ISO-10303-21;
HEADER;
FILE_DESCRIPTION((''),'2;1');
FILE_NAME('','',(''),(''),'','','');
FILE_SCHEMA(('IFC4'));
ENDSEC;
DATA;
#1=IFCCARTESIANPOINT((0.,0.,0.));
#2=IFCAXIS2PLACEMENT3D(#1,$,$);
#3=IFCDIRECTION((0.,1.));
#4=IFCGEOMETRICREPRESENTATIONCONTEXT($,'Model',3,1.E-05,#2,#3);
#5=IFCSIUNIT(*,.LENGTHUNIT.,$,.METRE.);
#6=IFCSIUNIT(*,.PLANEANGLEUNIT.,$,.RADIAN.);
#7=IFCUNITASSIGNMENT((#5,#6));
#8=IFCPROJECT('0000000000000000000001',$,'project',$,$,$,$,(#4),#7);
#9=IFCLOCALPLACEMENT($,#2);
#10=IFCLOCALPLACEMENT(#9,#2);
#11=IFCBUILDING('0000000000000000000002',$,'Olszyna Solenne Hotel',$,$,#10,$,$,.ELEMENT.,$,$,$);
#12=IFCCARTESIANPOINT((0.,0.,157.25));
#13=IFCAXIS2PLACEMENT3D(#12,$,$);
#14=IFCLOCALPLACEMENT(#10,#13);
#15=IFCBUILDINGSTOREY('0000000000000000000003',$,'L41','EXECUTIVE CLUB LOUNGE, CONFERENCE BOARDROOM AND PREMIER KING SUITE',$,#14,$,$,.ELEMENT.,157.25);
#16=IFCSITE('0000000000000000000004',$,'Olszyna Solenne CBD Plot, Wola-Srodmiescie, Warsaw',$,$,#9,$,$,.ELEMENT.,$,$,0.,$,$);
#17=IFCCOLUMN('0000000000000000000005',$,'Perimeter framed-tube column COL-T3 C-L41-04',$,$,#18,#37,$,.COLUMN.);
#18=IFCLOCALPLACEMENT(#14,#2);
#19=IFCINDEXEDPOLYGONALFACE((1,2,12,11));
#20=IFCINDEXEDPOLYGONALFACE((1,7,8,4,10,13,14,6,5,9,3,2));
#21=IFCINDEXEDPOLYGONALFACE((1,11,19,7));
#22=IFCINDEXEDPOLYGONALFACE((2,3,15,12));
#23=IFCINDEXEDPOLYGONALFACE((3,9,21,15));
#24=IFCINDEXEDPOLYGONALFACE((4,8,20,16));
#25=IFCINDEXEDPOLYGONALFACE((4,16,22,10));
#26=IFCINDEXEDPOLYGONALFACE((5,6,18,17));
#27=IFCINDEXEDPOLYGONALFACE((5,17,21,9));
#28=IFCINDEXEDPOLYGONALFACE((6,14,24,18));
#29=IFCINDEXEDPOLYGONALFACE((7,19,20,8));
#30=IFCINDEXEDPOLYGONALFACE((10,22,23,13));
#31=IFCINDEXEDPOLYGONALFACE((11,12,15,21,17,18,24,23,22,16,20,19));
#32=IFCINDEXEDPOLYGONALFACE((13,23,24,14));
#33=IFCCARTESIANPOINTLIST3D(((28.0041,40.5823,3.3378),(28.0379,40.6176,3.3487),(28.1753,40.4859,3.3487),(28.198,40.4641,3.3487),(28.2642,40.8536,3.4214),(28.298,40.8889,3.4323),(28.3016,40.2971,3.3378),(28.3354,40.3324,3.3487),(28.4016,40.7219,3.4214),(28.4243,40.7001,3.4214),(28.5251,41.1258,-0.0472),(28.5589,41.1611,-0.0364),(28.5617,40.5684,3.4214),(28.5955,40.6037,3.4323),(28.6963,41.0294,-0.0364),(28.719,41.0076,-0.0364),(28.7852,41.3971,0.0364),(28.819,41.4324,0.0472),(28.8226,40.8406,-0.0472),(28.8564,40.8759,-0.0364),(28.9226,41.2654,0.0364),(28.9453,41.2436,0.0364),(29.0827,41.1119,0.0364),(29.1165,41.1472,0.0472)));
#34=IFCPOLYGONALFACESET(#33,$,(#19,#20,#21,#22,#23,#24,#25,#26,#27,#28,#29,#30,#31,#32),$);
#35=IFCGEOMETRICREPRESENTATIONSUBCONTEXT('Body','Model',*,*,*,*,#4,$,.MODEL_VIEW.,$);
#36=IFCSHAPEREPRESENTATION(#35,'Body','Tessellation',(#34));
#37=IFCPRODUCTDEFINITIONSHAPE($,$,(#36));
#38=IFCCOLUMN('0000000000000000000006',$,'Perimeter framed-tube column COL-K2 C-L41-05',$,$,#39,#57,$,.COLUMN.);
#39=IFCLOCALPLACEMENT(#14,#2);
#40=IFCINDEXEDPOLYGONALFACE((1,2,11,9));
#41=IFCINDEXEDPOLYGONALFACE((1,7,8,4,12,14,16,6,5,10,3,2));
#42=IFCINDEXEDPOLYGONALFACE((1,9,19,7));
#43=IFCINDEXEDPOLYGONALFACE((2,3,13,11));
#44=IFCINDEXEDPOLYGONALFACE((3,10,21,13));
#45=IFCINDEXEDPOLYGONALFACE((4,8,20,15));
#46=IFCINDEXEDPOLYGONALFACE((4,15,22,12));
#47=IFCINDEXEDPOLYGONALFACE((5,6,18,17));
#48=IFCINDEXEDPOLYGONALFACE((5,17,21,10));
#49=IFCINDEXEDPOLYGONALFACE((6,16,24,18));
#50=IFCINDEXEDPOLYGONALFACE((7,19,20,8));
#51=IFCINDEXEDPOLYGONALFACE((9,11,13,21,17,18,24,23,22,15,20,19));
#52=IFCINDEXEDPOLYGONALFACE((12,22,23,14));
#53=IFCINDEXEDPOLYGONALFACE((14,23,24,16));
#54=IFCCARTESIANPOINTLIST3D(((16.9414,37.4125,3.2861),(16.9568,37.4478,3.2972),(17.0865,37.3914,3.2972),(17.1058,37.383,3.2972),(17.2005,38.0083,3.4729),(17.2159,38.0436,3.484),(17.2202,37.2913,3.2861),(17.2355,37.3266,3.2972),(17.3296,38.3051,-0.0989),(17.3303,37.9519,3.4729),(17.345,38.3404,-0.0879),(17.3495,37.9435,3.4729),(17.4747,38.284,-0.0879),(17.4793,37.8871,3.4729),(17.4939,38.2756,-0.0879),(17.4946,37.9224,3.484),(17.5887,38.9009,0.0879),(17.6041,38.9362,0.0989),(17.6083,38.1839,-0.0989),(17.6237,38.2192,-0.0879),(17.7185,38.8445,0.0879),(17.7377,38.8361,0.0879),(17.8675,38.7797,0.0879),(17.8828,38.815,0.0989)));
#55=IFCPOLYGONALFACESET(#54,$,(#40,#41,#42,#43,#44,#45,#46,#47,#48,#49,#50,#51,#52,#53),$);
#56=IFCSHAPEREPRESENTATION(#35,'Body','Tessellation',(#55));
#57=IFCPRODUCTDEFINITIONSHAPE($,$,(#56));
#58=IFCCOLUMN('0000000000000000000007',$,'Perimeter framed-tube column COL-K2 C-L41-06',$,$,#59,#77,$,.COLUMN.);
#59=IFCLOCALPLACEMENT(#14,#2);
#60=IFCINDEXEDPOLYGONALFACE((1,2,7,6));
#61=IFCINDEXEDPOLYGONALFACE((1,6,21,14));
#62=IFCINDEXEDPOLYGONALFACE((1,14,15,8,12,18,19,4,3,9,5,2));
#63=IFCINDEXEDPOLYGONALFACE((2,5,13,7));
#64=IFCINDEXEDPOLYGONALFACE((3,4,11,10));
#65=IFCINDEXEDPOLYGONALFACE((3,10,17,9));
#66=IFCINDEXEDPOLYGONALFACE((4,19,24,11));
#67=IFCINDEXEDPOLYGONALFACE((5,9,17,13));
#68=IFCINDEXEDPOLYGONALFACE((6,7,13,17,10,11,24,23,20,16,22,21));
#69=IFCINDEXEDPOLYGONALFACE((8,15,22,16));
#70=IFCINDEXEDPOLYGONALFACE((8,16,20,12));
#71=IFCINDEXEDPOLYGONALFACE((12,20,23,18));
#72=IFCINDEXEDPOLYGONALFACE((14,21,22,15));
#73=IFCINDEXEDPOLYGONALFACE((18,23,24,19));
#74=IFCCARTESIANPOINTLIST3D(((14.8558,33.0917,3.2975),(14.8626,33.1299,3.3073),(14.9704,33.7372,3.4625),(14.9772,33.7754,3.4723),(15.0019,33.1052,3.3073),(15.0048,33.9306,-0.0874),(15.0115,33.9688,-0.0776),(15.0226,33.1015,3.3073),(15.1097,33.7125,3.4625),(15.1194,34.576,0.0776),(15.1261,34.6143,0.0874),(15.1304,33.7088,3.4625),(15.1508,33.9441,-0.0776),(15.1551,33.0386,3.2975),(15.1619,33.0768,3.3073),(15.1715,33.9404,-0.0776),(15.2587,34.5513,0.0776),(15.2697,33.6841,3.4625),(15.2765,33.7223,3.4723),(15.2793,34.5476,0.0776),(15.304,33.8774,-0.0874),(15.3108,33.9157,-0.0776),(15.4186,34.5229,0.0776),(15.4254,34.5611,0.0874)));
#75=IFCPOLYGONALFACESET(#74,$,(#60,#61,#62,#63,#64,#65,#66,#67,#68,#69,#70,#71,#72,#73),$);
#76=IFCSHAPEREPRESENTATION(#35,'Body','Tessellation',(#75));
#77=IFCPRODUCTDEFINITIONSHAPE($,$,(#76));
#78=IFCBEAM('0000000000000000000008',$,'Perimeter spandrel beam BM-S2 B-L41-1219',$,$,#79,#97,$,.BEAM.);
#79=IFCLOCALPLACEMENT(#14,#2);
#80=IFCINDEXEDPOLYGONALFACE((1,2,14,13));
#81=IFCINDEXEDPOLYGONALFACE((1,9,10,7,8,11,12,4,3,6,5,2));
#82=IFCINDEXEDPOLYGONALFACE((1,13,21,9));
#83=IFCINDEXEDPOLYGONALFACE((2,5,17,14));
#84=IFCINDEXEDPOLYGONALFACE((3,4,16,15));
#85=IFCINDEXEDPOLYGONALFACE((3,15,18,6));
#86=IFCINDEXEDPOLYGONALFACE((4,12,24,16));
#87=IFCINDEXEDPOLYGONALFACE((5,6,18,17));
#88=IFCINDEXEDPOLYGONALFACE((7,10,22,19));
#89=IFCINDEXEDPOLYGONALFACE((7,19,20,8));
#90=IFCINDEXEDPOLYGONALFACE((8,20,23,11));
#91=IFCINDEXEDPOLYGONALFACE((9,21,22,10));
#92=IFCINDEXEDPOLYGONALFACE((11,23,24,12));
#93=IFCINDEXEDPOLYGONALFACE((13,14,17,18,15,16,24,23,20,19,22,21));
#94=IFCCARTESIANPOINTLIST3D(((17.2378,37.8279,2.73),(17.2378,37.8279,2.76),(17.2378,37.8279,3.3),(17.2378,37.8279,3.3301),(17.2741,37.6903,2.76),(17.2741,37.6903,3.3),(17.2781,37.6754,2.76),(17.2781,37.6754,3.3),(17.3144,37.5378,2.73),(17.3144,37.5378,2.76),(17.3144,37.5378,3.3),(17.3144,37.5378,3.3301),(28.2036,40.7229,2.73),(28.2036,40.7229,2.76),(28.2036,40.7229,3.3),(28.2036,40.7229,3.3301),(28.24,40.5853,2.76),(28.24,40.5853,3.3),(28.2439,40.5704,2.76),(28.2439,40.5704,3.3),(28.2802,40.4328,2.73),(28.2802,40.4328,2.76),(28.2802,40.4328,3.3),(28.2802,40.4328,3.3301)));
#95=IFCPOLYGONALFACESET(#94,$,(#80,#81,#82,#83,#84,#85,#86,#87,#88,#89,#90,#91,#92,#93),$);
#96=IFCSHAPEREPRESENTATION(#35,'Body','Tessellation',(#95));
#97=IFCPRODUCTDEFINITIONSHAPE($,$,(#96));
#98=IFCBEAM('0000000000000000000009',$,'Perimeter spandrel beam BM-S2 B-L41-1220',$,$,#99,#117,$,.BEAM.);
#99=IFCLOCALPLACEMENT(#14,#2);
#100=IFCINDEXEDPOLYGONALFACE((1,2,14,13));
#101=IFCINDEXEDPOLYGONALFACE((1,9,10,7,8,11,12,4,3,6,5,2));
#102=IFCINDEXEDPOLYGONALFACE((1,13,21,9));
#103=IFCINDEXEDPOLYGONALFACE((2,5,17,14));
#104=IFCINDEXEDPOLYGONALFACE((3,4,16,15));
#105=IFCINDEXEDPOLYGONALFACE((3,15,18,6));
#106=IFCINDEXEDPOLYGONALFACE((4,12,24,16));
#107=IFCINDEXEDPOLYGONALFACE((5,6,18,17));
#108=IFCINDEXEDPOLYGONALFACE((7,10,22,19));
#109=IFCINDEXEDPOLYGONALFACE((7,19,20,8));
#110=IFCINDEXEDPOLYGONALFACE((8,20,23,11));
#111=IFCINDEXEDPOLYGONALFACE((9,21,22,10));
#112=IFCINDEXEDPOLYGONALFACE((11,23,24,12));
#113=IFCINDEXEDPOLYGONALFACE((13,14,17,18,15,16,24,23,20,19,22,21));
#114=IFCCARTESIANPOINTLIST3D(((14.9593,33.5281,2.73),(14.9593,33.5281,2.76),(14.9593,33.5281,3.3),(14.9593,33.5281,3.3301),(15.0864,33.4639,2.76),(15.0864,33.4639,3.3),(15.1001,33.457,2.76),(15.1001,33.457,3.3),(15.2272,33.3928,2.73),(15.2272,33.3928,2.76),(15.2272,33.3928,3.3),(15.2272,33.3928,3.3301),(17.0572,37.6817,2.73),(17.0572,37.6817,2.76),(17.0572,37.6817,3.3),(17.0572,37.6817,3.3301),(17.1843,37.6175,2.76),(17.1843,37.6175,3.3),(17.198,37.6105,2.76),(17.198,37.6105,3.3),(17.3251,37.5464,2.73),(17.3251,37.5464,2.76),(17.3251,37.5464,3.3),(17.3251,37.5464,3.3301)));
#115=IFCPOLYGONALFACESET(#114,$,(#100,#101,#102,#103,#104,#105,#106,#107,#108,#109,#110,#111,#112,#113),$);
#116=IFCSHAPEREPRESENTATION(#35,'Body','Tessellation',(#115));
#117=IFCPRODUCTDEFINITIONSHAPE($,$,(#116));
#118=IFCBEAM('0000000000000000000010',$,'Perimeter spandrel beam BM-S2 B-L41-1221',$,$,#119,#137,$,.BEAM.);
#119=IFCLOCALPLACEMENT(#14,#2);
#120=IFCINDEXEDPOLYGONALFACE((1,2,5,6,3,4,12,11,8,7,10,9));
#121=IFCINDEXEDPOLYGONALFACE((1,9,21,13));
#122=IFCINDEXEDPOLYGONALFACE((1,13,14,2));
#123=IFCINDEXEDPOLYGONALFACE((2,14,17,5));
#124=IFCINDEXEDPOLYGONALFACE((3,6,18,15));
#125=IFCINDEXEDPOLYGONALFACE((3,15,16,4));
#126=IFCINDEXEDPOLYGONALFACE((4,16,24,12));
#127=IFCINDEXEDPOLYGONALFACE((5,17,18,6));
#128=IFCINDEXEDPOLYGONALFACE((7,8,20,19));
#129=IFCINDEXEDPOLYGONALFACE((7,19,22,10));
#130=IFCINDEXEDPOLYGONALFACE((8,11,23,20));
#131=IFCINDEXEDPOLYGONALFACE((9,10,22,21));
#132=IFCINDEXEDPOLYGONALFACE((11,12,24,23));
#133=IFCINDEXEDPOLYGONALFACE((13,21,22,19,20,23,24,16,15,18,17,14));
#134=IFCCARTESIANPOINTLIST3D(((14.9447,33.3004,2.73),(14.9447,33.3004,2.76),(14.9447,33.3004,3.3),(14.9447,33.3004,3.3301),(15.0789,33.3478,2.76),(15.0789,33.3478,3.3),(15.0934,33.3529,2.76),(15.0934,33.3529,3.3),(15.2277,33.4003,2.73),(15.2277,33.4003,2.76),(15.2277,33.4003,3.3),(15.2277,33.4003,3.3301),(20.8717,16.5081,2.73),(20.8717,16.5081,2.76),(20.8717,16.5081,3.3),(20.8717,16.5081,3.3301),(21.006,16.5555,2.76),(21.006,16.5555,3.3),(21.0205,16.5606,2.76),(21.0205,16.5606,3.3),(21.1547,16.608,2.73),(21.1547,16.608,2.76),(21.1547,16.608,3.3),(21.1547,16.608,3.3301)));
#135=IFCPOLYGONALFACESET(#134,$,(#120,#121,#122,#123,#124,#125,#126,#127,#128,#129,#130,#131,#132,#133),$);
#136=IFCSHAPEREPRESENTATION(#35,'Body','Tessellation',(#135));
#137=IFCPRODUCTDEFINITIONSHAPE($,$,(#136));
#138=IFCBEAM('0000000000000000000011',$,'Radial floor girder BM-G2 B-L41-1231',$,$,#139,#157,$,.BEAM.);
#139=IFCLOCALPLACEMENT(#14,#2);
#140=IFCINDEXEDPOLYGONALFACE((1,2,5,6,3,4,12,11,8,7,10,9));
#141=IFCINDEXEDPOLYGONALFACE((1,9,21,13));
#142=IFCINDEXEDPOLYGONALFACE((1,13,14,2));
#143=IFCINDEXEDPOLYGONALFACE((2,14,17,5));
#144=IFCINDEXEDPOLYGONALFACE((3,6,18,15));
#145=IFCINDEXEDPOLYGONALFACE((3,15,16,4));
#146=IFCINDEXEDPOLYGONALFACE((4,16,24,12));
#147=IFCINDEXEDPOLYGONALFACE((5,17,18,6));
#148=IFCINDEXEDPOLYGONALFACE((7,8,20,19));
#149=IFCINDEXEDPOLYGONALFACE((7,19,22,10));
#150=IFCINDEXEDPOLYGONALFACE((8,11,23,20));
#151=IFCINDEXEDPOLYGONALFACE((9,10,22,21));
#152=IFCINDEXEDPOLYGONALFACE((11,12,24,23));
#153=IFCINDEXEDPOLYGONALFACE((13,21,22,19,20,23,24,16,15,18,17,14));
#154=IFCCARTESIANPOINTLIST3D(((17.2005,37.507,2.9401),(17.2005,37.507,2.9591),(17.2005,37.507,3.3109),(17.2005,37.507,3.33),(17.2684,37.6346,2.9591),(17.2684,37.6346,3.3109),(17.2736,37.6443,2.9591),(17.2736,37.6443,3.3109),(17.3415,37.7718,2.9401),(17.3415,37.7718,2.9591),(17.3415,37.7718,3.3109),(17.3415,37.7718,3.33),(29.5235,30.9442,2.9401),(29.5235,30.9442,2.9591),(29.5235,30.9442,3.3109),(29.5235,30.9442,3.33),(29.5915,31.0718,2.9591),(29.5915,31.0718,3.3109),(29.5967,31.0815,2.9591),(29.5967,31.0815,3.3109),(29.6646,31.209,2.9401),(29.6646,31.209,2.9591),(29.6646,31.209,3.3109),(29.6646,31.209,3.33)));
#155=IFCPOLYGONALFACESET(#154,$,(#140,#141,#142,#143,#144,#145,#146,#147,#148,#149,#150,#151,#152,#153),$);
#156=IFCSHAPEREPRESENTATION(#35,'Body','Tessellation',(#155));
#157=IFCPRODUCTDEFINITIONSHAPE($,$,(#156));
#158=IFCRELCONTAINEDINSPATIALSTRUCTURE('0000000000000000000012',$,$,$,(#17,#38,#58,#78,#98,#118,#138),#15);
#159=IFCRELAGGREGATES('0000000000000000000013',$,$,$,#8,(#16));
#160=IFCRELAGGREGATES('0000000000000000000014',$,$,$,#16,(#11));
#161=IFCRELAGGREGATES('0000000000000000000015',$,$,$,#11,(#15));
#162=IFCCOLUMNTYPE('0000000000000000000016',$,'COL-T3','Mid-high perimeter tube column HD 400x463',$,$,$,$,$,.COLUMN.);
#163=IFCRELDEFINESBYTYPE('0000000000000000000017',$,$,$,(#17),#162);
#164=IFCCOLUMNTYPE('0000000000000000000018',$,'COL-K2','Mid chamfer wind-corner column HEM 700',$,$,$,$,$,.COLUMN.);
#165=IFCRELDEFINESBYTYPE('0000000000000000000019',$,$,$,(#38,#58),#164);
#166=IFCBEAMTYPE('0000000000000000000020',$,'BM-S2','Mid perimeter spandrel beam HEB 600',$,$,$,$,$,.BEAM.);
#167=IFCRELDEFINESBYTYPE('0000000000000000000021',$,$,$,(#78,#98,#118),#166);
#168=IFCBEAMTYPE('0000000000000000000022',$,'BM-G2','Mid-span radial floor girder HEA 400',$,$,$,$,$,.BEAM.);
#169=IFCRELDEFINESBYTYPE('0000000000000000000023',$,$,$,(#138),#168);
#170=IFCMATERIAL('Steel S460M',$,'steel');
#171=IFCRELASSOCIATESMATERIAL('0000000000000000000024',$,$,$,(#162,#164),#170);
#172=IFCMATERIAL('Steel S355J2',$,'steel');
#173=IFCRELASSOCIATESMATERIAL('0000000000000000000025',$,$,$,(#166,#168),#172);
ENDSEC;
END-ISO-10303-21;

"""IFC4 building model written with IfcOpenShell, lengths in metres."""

from ifc_helpers import new_model, si_unit, direction, frame, origin, origin_2d, place, context, subcontext, project, spatial, i_section, extrude, source, transform, mapped, material, material_profile, profile_set, type_object, element, save


model = new_model("IFC4")

# Units and contexts
model_context = context("Model", 3, precision=1e-05, world=origin(), true_north=direction((0.0, 1.0)))
body_context = subcontext(model_context, "Body", "Model", "MODEL_VIEW")
ifc_project = project(units=[si_unit("LENGTHUNIT", "METRE"), si_unit("PLANEANGLEUNIT", "RADIAN")], contexts=[model_context])

# Site, building, storey
site_placement = place(None, origin())
site = spatial("IfcSite", under=ifc_project, at=site_placement, Name="Olszyna Solenne CBD Plot, Wola-Srodmiescie, Warsaw", CompositionType="ELEMENT", RefElevation=0.0)
building_placement = place(site_placement, origin())
building = spatial("IfcBuilding", under=site, at=building_placement, Name="Olszyna Solenne Hotel", CompositionType="ELEMENT")
storey_placement = place(building_placement, frame((0.0, 0.0, 157.25)))
storey = spatial("IfcBuildingStorey", under=building, at=storey_placement, Name="L41", Description="EXECUTIVE CLUB LOUNGE, CONFERENCE BOARDROOM AND PREMIER KING SUITE", CompositionType="ELEMENT", Elevation=157.25)

# Columns
ifc_material_1 = material(Name="Steel S460M", Category="steel")
ifc_material_profile_1 = material_profile(ifc_material_1, i_section(OverallWidth=0.4121, OverallDepth=0.4351, WebThickness=0.0315, FlangeThickness=0.05, at=origin_2d()), Name="HD 400x463", Category="load-bearing")
ifc_profile_set_1 = profile_set([ifc_material_profile_1], Name="Steel S460M")
column_type_1 = type_object("IfcColumnType", Name="COL-T3", Description="Mid-high perimeter tube column HD 400x463", PredefinedType="COLUMN", material=ifc_profile_set_1)
shared_shape_1 = source(origin(), body_context, "Body", "SweptSolid", [
    extrude(i_section(OverallWidth=0.4121, OverallDepth=0.4351, WebThickness=0.0315, FlangeThickness=0.05, at=origin_2d()), origin(), (0.0, 0.0, 1.0), 3.4678),
])
column_1_placement = place(storey_placement, frame((28.8208, 41.1365, 0.0), z_axis=(-0.150242, -0.156719, 0.976149), x_axis=(0.721867, -0.692032, 0.0)))
element("IfcColumn", 1, at=column_1_placement, inside=storey, type_object=column_type_1, Name="Perimeter framed-tube column COL-T3 C-L41-04", PredefinedType="COLUMN", context=body_context, shape_type="MappedRepresentation", body=[
    mapped(shared_shape_1, transform((0.0, 0.0, 0.0), x_axis=(1.0, 0.0, 0.0), y_axis=(0.0, 1.0, 0.0), z_axis=(0.0, 0.0, 1.0), scale=1.0)),
])
ifc_material_profile_2 = material_profile(ifc_material_1, i_section(OverallWidth=0.304, OverallDepth=0.7161, WebThickness=0.021, FlangeThickness=0.04, at=origin_2d()), Name="HEM 700", Category="load-bearing")
ifc_profile_set_2 = profile_set([ifc_material_profile_2], Name="Steel S460M")
column_type_2 = type_object("IfcColumnType", Name="COL-K2", Description="Mid chamfer wind-corner column HEM 700", PredefinedType="COLUMN", material=ifc_profile_set_2)
shared_shape_2 = source(origin(), body_context, "Body", "SweptSolid", [
    extrude(i_section(OverallWidth=0.304, OverallDepth=0.7161, WebThickness=0.021, FlangeThickness=0.04, at=origin_2d()), origin(), (0.0, 0.0, 1.0), 3.5222),
])
column_2_placement = place(storey_placement, frame((17.6062, 38.5601, 0.0), z_axis=(-0.110212, -0.253417, 0.961058), x_axis=(0.91703, -0.398818, 0.0)))
element("IfcColumn", 2, at=column_2_placement, inside=storey, type_object=column_type_2, Name="Perimeter framed-tube column COL-K2 C-L41-05", PredefinedType="COLUMN", context=body_context, shape_type="MappedRepresentation", body=[
    mapped(shared_shape_2, transform((0.0, 0.0, 0.0), x_axis=(1.0, 0.0, 0.0), y_axis=(0.0, 1.0, 0.0), z_axis=(0.0, 0.0, 1.0), scale=1.0)),
])
shared_shape_3 = source(origin(), body_context, "Body", "SweptSolid", [
    extrude(i_section(OverallWidth=0.304, OverallDepth=0.7161, WebThickness=0.021, FlangeThickness=0.04, at=origin_2d()), origin(), (0.0, 0.0, 1.0), 3.4905),
])
column_3_placement = place(storey_placement, frame((15.2151, 34.2458, 0.0), z_axis=(-0.042665, -0.240323, 0.969755), x_axis=(0.984604, -0.174799, 0.0)))
element("IfcColumn", 3, at=column_3_placement, inside=storey, type_object=column_type_2, Name="Perimeter framed-tube column COL-K2 C-L41-06", PredefinedType="COLUMN", context=body_context, shape_type="MappedRepresentation", body=[
    mapped(shared_shape_3, transform((0.0, 0.0, 0.0), x_axis=(1.0, 0.0, 0.0), y_axis=(0.0, 1.0, 0.0), z_axis=(0.0, 0.0, 1.0), scale=1.0)),
])

# Beams
ifc_material_2 = material(Name="Steel S355J2", Category="steel")
ifc_material_profile_3 = material_profile(ifc_material_2, i_section(OverallWidth=0.3, OverallDepth=0.6001, WebThickness=0.0154, FlangeThickness=0.03, at=origin_2d()), Name="HEB 600", Category="load-bearing")
ifc_profile_set_3 = profile_set([ifc_material_profile_3], Name="Steel S355J2")
beam_type_1 = type_object("IfcBeamType", Name="BM-S2", Description="Mid perimeter spandrel beam HEB 600", PredefinedType="BEAM", material=ifc_profile_set_3)
shared_shape_4 = source(origin(), body_context, "Body", "SweptSolid", [
    extrude(i_section(OverallWidth=0.3, OverallDepth=0.6001, WebThickness=0.0154, FlangeThickness=0.03, at=origin_2d()), origin(), (0.0, 0.0, 1.0), 11.3416),
])
beam_1_placement = place(storey_placement, frame((28.2419, 40.5779, 3.03), z_axis=(-0.966873, -0.255258, 0.0), x_axis=(0.255258, -0.966873, 0.0)))
element("IfcBeam", 4, at=beam_1_placement, inside=storey, type_object=beam_type_1, Name="Perimeter spandrel beam BM-S2 B-L41-1219", PredefinedType="BEAM", context=body_context, shape_type="MappedRepresentation", body=[
    mapped(shared_shape_4, transform((0.0, 0.0, 0.0), x_axis=(1.0, 0.0, 0.0), y_axis=(0.0, 1.0, 0.0), z_axis=(0.0, 0.0, 1.0), scale=1.0)),
])
shared_shape_5 = source(origin(), body_context, "Body", "SweptSolid", [
    extrude(i_section(OverallWidth=0.3, OverallDepth=0.6001, WebThickness=0.0154, FlangeThickness=0.03, at=origin_2d()), origin(), (0.0, 0.0, 1.0), 4.6533),
])
beam_2_placement = place(storey_placement, frame((17.1912, 37.614, 3.03), z_axis=(-0.450841, -0.892604, 0.0), x_axis=(0.892604, -0.450841, 0.0)))
element("IfcBeam", 5, at=beam_2_placement, inside=storey, type_object=beam_type_1, Name="Perimeter spandrel beam BM-S2 B-L41-1220", PredefinedType="BEAM", context=body_context, shape_type="MappedRepresentation", body=[
    mapped(shared_shape_5, transform((0.0, 0.0, 0.0), x_axis=(1.0, 0.0, 0.0), y_axis=(0.0, 1.0, 0.0), z_axis=(0.0, 0.0, 1.0), scale=1.0)),
])
shared_shape_6 = source(origin(), body_context, "Body", "SweptSolid", [
    extrude(i_section(OverallWidth=0.3, OverallDepth=0.6001, WebThickness=0.0154, FlangeThickness=0.03, at=origin_2d()), origin(), (0.0, 0.0, 1.0), 17.8076),
])
beam_3_placement = place(storey_placement, frame((15.0862, 33.3503, 3.03), z_axis=(0.332837, -0.942985, 0.0), x_axis=(0.942985, 0.332837, 0.0)))
element("IfcBeam", 6, at=beam_3_placement, inside=storey, type_object=beam_type_1, Name="Perimeter spandrel beam BM-S2 B-L41-1221", PredefinedType="BEAM", context=body_context, shape_type="MappedRepresentation", body=[
    mapped(shared_shape_6, transform((0.0, 0.0, 0.0), x_axis=(1.0, 0.0, 0.0), y_axis=(0.0, 1.0, 0.0), z_axis=(0.0, 0.0, 1.0), scale=1.0)),
])
ifc_material_profile_4 = material_profile(ifc_material_2, i_section(OverallWidth=0.3, OverallDepth=0.3899, WebThickness=0.011, FlangeThickness=0.019, at=origin_2d()), Name="HEA 400", Category="load-bearing")
ifc_profile_set_4 = profile_set([ifc_material_profile_4], Name="Steel S355J2")
beam_type_2 = type_object("IfcBeamType", Name="BM-G2", Description="Mid-span radial floor girder HEA 400", PredefinedType="BEAM", material=ifc_profile_set_4)
shared_shape_7 = source(origin(), body_context, "Body", "SweptSolid", [
    extrude(i_section(OverallWidth=0.3, OverallDepth=0.3899, WebThickness=0.011, FlangeThickness=0.019, at=origin_2d()), origin(), (0.0, 0.0, 1.0), 13.9617),
])
beam_4_placement = place(storey_placement, frame((17.271, 37.6394, 3.135), z_axis=(0.882636, -0.470057, 0.0), x_axis=(0.470057, 0.882636, 0.0)))
element("IfcBeam", 7, at=beam_4_placement, inside=storey, type_object=beam_type_2, Name="Radial floor girder BM-G2 B-L41-1231", PredefinedType="BEAM", context=body_context, shape_type="MappedRepresentation", body=[
    mapped(shared_shape_7, transform((0.0, 0.0, 0.0), x_axis=(1.0, 0.0, 0.0), y_axis=(0.0, 1.0, 0.0), z_axis=(0.0, 0.0, 1.0), scale=1.0)),
])

save(model, "model.ifc")
